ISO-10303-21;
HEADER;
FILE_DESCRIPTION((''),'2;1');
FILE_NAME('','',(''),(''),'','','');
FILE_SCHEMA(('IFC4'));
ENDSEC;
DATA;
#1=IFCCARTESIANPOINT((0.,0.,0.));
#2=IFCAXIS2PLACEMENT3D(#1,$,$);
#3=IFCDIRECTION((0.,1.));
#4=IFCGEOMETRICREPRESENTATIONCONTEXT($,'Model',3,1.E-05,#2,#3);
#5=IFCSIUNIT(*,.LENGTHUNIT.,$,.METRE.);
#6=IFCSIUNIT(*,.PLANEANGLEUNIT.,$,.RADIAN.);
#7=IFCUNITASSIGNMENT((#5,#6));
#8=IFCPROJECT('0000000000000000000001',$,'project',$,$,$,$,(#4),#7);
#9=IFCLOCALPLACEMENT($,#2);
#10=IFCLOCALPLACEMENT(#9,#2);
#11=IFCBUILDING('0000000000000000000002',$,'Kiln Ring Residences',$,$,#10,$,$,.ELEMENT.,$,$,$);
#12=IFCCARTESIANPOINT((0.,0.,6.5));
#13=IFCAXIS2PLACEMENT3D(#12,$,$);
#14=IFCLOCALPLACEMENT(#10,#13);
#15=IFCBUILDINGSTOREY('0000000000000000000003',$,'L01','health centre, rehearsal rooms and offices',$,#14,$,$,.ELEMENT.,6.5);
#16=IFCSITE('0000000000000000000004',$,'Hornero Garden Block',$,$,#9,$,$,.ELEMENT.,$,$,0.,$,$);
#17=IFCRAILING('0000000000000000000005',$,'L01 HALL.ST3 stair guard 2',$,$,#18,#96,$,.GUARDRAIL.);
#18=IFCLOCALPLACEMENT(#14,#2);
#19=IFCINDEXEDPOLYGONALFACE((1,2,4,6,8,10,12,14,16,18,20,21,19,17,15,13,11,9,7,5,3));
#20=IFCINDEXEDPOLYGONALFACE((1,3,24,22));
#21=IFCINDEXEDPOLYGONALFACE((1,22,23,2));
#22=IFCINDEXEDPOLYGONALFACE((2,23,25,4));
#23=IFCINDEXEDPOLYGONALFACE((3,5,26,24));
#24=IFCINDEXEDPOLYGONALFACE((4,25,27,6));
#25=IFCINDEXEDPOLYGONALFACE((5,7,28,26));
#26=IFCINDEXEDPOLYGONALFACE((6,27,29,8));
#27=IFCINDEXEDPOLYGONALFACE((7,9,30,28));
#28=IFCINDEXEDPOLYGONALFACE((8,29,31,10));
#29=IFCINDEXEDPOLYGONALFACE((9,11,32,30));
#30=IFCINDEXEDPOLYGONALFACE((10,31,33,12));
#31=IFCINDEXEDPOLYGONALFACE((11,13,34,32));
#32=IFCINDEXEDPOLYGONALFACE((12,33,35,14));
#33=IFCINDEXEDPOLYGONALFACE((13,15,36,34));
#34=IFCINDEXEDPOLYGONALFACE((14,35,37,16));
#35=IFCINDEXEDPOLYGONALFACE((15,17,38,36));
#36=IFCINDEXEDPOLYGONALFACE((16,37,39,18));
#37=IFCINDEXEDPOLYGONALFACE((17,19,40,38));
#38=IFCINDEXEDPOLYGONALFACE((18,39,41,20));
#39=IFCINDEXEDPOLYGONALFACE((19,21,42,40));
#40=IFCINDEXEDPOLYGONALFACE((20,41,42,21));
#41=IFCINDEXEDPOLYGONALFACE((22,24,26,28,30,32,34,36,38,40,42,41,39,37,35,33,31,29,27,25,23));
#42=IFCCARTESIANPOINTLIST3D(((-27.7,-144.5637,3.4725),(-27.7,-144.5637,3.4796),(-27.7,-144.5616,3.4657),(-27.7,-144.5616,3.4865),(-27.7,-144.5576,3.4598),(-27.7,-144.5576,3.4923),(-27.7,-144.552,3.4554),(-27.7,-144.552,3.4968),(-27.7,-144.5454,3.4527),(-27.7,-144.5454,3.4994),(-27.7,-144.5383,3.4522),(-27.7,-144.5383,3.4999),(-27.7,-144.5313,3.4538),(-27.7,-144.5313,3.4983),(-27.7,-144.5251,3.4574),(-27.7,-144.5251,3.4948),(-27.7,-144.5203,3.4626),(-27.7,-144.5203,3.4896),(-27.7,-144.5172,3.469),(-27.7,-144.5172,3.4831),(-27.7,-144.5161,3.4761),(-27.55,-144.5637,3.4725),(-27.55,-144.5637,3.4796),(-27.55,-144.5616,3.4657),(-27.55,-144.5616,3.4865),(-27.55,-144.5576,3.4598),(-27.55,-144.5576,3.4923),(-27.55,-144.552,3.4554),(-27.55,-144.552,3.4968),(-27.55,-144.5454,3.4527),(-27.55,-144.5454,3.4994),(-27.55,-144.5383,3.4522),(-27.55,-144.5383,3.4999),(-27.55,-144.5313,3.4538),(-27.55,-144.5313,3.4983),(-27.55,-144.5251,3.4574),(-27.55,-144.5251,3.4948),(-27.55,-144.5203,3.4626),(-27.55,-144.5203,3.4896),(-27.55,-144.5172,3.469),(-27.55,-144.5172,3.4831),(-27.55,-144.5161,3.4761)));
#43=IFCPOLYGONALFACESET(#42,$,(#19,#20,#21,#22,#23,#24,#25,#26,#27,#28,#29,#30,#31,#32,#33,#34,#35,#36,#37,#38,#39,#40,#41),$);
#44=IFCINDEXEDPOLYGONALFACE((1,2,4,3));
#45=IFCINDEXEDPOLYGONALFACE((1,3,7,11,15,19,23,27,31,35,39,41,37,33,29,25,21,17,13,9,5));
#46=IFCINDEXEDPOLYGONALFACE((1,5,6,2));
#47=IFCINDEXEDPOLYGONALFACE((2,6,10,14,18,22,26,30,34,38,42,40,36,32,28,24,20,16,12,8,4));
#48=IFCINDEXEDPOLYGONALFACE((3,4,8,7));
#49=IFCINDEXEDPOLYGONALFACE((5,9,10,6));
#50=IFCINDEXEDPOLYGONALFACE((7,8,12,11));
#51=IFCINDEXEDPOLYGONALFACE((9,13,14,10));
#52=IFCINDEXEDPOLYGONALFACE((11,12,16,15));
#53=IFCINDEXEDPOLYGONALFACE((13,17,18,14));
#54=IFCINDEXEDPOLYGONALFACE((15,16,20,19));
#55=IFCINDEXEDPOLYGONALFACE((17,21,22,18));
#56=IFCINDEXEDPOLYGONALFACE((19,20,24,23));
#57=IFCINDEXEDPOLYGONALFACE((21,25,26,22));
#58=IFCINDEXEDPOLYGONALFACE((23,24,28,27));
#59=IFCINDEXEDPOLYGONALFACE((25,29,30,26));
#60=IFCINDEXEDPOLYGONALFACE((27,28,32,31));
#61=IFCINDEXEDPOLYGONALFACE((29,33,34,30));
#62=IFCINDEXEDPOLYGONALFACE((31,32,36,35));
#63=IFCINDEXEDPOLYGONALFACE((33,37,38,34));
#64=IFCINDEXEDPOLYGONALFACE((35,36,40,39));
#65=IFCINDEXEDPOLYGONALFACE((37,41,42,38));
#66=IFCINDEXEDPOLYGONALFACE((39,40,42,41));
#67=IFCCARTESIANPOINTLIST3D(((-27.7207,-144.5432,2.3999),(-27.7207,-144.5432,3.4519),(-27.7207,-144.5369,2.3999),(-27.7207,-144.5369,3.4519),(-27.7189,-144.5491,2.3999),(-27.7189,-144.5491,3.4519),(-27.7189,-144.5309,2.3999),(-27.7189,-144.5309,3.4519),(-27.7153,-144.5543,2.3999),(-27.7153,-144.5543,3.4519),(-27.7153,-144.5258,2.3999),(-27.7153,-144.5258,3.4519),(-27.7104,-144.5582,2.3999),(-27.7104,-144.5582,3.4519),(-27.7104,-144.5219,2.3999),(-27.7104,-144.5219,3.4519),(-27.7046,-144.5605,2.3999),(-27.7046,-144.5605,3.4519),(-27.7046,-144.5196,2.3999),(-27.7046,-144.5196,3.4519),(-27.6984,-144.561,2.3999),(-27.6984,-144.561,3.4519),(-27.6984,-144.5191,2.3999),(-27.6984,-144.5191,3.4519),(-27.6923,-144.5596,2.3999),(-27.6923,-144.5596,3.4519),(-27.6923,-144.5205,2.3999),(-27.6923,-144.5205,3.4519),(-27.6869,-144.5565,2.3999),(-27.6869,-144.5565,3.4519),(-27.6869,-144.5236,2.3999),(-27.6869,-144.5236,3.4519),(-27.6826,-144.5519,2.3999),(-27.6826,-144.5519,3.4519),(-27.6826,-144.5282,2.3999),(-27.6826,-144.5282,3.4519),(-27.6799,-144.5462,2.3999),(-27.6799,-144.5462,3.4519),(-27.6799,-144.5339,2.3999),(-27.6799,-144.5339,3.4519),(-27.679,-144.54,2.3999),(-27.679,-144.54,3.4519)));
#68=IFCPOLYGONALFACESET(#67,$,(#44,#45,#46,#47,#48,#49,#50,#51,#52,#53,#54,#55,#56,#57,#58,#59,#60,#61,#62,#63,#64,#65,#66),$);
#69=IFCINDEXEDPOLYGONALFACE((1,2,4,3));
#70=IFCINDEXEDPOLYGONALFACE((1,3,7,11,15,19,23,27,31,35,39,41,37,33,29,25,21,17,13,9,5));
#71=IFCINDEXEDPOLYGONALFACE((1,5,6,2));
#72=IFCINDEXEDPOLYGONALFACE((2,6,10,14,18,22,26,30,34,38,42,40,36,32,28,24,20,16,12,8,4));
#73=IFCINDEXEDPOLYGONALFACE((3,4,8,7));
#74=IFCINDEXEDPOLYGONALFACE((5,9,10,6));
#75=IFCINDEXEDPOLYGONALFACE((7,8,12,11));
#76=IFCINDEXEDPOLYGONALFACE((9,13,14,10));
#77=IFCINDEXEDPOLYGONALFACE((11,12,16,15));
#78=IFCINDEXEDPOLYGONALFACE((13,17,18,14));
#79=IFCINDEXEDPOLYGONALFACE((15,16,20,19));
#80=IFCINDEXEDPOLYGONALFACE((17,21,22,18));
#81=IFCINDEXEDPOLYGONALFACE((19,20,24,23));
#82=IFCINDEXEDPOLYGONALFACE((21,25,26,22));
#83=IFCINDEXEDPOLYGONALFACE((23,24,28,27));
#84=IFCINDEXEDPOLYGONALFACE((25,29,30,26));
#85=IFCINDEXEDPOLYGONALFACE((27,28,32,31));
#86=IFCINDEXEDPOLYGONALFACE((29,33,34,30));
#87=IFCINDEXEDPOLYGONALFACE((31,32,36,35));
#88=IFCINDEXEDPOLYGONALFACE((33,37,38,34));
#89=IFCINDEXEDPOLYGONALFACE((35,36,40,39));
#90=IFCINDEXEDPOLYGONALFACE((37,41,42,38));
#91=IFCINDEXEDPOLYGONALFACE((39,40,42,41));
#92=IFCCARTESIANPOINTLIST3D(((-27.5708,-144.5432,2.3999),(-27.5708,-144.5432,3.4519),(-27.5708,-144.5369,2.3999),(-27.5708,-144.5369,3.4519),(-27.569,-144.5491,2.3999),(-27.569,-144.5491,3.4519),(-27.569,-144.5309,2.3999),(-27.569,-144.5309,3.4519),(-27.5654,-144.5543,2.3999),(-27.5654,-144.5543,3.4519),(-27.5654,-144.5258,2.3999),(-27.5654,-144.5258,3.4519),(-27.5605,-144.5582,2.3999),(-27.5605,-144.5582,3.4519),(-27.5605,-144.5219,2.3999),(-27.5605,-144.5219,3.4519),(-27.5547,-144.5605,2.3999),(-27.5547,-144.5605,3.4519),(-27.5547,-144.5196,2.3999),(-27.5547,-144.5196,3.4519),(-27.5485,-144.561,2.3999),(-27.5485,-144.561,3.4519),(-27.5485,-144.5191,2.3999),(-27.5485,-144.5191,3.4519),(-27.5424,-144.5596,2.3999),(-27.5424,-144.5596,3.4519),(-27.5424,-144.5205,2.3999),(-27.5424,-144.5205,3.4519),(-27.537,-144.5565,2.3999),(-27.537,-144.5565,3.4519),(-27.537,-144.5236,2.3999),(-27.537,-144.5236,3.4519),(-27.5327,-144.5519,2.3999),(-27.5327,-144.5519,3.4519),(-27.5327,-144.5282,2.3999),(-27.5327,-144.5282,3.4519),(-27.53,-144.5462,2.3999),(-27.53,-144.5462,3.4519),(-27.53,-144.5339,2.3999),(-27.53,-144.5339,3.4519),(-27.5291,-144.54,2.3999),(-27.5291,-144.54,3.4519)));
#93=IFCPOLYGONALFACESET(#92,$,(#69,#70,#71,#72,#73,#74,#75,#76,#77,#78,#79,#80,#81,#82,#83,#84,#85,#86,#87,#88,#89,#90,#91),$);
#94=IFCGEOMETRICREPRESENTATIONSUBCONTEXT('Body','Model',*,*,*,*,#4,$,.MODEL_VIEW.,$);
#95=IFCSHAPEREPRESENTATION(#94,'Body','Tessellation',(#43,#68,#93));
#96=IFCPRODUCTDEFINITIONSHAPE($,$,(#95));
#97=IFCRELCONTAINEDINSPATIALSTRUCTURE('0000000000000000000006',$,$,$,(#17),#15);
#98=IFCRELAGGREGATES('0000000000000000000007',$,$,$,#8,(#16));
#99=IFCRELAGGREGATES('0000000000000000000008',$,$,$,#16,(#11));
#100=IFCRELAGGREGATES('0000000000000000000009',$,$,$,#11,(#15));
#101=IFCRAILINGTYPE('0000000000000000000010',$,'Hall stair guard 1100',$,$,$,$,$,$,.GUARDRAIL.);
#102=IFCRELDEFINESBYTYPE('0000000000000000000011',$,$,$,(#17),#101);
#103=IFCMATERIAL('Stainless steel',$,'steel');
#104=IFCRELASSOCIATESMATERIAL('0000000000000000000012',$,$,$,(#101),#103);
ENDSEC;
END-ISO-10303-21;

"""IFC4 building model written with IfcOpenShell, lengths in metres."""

from ifc_helpers import new_model, si_unit, direction, frame, origin, origin_2d, place, context, subcontext, project, spatial, circle, extrude, material, type_object, element, save


model = new_model("IFC4")

# Units and contexts
model_context = context("Model", 3, precision=1e-05, world=origin(), true_north=direction((0.0, 1.0)))
body_context = subcontext(model_context, "Body", "Model", "MODEL_VIEW")
ifc_project = project(units=[si_unit("LENGTHUNIT", "METRE"), si_unit("PLANEANGLEUNIT", "RADIAN")], contexts=[model_context])

# Site, building, storey
site_placement = place(None, origin())
site = spatial("IfcSite", under=ifc_project, at=site_placement, Name="Hornero Garden Block", CompositionType="ELEMENT", RefElevation=0.0)
building_placement = place(site_placement, origin())
building = spatial("IfcBuilding", under=site, at=building_placement, Name="Kiln Ring Residences", CompositionType="ELEMENT")
storey_placement = place(building_placement, frame((0.0, 0.0, 6.5)))
storey = spatial("IfcBuildingStorey", under=building, at=storey_placement, Name="L01", Description="health centre, rehearsal rooms and offices", CompositionType="ELEMENT", Elevation=6.5)

# Railing
ifc_material_1 = material(Name="Stainless steel", Category="steel")
railing_type_1 = type_object("IfcRailingType", Name="Hall stair guard 1100", PredefinedType="GUARDRAIL", material=ifc_material_1)
railing_1_placement = place(storey_placement, frame((-27.7, -144.54, 2.3999)))
element("IfcRailing", 1, at=railing_1_placement, inside=storey, type_object=railing_type_1, Name="L01 HALL.ST3 stair guard 2", PredefinedType="GUARDRAIL", context=body_context, shape_type="SweptSolid", body=[
    extrude(circle(Radius=0.0239, at=origin_2d()), frame((0.0, 0.0, 1.0762), z_axis=(1.0, 0.0, 0.0), x_axis=(0.0, 1.0, 0.0)), (0.0, 0.0, 1.0), 0.1499),
    extrude(circle(Radius=0.021, at=origin_2d()), origin(), (0.0, 0.0, 1.0), 1.052),
    extrude(circle(Radius=0.021, at=origin_2d()), frame((0.1499, 0.0, 0.0)), (0.0, 0.0, 1.0), 1.052),
])

save(model, "model.ifc")
